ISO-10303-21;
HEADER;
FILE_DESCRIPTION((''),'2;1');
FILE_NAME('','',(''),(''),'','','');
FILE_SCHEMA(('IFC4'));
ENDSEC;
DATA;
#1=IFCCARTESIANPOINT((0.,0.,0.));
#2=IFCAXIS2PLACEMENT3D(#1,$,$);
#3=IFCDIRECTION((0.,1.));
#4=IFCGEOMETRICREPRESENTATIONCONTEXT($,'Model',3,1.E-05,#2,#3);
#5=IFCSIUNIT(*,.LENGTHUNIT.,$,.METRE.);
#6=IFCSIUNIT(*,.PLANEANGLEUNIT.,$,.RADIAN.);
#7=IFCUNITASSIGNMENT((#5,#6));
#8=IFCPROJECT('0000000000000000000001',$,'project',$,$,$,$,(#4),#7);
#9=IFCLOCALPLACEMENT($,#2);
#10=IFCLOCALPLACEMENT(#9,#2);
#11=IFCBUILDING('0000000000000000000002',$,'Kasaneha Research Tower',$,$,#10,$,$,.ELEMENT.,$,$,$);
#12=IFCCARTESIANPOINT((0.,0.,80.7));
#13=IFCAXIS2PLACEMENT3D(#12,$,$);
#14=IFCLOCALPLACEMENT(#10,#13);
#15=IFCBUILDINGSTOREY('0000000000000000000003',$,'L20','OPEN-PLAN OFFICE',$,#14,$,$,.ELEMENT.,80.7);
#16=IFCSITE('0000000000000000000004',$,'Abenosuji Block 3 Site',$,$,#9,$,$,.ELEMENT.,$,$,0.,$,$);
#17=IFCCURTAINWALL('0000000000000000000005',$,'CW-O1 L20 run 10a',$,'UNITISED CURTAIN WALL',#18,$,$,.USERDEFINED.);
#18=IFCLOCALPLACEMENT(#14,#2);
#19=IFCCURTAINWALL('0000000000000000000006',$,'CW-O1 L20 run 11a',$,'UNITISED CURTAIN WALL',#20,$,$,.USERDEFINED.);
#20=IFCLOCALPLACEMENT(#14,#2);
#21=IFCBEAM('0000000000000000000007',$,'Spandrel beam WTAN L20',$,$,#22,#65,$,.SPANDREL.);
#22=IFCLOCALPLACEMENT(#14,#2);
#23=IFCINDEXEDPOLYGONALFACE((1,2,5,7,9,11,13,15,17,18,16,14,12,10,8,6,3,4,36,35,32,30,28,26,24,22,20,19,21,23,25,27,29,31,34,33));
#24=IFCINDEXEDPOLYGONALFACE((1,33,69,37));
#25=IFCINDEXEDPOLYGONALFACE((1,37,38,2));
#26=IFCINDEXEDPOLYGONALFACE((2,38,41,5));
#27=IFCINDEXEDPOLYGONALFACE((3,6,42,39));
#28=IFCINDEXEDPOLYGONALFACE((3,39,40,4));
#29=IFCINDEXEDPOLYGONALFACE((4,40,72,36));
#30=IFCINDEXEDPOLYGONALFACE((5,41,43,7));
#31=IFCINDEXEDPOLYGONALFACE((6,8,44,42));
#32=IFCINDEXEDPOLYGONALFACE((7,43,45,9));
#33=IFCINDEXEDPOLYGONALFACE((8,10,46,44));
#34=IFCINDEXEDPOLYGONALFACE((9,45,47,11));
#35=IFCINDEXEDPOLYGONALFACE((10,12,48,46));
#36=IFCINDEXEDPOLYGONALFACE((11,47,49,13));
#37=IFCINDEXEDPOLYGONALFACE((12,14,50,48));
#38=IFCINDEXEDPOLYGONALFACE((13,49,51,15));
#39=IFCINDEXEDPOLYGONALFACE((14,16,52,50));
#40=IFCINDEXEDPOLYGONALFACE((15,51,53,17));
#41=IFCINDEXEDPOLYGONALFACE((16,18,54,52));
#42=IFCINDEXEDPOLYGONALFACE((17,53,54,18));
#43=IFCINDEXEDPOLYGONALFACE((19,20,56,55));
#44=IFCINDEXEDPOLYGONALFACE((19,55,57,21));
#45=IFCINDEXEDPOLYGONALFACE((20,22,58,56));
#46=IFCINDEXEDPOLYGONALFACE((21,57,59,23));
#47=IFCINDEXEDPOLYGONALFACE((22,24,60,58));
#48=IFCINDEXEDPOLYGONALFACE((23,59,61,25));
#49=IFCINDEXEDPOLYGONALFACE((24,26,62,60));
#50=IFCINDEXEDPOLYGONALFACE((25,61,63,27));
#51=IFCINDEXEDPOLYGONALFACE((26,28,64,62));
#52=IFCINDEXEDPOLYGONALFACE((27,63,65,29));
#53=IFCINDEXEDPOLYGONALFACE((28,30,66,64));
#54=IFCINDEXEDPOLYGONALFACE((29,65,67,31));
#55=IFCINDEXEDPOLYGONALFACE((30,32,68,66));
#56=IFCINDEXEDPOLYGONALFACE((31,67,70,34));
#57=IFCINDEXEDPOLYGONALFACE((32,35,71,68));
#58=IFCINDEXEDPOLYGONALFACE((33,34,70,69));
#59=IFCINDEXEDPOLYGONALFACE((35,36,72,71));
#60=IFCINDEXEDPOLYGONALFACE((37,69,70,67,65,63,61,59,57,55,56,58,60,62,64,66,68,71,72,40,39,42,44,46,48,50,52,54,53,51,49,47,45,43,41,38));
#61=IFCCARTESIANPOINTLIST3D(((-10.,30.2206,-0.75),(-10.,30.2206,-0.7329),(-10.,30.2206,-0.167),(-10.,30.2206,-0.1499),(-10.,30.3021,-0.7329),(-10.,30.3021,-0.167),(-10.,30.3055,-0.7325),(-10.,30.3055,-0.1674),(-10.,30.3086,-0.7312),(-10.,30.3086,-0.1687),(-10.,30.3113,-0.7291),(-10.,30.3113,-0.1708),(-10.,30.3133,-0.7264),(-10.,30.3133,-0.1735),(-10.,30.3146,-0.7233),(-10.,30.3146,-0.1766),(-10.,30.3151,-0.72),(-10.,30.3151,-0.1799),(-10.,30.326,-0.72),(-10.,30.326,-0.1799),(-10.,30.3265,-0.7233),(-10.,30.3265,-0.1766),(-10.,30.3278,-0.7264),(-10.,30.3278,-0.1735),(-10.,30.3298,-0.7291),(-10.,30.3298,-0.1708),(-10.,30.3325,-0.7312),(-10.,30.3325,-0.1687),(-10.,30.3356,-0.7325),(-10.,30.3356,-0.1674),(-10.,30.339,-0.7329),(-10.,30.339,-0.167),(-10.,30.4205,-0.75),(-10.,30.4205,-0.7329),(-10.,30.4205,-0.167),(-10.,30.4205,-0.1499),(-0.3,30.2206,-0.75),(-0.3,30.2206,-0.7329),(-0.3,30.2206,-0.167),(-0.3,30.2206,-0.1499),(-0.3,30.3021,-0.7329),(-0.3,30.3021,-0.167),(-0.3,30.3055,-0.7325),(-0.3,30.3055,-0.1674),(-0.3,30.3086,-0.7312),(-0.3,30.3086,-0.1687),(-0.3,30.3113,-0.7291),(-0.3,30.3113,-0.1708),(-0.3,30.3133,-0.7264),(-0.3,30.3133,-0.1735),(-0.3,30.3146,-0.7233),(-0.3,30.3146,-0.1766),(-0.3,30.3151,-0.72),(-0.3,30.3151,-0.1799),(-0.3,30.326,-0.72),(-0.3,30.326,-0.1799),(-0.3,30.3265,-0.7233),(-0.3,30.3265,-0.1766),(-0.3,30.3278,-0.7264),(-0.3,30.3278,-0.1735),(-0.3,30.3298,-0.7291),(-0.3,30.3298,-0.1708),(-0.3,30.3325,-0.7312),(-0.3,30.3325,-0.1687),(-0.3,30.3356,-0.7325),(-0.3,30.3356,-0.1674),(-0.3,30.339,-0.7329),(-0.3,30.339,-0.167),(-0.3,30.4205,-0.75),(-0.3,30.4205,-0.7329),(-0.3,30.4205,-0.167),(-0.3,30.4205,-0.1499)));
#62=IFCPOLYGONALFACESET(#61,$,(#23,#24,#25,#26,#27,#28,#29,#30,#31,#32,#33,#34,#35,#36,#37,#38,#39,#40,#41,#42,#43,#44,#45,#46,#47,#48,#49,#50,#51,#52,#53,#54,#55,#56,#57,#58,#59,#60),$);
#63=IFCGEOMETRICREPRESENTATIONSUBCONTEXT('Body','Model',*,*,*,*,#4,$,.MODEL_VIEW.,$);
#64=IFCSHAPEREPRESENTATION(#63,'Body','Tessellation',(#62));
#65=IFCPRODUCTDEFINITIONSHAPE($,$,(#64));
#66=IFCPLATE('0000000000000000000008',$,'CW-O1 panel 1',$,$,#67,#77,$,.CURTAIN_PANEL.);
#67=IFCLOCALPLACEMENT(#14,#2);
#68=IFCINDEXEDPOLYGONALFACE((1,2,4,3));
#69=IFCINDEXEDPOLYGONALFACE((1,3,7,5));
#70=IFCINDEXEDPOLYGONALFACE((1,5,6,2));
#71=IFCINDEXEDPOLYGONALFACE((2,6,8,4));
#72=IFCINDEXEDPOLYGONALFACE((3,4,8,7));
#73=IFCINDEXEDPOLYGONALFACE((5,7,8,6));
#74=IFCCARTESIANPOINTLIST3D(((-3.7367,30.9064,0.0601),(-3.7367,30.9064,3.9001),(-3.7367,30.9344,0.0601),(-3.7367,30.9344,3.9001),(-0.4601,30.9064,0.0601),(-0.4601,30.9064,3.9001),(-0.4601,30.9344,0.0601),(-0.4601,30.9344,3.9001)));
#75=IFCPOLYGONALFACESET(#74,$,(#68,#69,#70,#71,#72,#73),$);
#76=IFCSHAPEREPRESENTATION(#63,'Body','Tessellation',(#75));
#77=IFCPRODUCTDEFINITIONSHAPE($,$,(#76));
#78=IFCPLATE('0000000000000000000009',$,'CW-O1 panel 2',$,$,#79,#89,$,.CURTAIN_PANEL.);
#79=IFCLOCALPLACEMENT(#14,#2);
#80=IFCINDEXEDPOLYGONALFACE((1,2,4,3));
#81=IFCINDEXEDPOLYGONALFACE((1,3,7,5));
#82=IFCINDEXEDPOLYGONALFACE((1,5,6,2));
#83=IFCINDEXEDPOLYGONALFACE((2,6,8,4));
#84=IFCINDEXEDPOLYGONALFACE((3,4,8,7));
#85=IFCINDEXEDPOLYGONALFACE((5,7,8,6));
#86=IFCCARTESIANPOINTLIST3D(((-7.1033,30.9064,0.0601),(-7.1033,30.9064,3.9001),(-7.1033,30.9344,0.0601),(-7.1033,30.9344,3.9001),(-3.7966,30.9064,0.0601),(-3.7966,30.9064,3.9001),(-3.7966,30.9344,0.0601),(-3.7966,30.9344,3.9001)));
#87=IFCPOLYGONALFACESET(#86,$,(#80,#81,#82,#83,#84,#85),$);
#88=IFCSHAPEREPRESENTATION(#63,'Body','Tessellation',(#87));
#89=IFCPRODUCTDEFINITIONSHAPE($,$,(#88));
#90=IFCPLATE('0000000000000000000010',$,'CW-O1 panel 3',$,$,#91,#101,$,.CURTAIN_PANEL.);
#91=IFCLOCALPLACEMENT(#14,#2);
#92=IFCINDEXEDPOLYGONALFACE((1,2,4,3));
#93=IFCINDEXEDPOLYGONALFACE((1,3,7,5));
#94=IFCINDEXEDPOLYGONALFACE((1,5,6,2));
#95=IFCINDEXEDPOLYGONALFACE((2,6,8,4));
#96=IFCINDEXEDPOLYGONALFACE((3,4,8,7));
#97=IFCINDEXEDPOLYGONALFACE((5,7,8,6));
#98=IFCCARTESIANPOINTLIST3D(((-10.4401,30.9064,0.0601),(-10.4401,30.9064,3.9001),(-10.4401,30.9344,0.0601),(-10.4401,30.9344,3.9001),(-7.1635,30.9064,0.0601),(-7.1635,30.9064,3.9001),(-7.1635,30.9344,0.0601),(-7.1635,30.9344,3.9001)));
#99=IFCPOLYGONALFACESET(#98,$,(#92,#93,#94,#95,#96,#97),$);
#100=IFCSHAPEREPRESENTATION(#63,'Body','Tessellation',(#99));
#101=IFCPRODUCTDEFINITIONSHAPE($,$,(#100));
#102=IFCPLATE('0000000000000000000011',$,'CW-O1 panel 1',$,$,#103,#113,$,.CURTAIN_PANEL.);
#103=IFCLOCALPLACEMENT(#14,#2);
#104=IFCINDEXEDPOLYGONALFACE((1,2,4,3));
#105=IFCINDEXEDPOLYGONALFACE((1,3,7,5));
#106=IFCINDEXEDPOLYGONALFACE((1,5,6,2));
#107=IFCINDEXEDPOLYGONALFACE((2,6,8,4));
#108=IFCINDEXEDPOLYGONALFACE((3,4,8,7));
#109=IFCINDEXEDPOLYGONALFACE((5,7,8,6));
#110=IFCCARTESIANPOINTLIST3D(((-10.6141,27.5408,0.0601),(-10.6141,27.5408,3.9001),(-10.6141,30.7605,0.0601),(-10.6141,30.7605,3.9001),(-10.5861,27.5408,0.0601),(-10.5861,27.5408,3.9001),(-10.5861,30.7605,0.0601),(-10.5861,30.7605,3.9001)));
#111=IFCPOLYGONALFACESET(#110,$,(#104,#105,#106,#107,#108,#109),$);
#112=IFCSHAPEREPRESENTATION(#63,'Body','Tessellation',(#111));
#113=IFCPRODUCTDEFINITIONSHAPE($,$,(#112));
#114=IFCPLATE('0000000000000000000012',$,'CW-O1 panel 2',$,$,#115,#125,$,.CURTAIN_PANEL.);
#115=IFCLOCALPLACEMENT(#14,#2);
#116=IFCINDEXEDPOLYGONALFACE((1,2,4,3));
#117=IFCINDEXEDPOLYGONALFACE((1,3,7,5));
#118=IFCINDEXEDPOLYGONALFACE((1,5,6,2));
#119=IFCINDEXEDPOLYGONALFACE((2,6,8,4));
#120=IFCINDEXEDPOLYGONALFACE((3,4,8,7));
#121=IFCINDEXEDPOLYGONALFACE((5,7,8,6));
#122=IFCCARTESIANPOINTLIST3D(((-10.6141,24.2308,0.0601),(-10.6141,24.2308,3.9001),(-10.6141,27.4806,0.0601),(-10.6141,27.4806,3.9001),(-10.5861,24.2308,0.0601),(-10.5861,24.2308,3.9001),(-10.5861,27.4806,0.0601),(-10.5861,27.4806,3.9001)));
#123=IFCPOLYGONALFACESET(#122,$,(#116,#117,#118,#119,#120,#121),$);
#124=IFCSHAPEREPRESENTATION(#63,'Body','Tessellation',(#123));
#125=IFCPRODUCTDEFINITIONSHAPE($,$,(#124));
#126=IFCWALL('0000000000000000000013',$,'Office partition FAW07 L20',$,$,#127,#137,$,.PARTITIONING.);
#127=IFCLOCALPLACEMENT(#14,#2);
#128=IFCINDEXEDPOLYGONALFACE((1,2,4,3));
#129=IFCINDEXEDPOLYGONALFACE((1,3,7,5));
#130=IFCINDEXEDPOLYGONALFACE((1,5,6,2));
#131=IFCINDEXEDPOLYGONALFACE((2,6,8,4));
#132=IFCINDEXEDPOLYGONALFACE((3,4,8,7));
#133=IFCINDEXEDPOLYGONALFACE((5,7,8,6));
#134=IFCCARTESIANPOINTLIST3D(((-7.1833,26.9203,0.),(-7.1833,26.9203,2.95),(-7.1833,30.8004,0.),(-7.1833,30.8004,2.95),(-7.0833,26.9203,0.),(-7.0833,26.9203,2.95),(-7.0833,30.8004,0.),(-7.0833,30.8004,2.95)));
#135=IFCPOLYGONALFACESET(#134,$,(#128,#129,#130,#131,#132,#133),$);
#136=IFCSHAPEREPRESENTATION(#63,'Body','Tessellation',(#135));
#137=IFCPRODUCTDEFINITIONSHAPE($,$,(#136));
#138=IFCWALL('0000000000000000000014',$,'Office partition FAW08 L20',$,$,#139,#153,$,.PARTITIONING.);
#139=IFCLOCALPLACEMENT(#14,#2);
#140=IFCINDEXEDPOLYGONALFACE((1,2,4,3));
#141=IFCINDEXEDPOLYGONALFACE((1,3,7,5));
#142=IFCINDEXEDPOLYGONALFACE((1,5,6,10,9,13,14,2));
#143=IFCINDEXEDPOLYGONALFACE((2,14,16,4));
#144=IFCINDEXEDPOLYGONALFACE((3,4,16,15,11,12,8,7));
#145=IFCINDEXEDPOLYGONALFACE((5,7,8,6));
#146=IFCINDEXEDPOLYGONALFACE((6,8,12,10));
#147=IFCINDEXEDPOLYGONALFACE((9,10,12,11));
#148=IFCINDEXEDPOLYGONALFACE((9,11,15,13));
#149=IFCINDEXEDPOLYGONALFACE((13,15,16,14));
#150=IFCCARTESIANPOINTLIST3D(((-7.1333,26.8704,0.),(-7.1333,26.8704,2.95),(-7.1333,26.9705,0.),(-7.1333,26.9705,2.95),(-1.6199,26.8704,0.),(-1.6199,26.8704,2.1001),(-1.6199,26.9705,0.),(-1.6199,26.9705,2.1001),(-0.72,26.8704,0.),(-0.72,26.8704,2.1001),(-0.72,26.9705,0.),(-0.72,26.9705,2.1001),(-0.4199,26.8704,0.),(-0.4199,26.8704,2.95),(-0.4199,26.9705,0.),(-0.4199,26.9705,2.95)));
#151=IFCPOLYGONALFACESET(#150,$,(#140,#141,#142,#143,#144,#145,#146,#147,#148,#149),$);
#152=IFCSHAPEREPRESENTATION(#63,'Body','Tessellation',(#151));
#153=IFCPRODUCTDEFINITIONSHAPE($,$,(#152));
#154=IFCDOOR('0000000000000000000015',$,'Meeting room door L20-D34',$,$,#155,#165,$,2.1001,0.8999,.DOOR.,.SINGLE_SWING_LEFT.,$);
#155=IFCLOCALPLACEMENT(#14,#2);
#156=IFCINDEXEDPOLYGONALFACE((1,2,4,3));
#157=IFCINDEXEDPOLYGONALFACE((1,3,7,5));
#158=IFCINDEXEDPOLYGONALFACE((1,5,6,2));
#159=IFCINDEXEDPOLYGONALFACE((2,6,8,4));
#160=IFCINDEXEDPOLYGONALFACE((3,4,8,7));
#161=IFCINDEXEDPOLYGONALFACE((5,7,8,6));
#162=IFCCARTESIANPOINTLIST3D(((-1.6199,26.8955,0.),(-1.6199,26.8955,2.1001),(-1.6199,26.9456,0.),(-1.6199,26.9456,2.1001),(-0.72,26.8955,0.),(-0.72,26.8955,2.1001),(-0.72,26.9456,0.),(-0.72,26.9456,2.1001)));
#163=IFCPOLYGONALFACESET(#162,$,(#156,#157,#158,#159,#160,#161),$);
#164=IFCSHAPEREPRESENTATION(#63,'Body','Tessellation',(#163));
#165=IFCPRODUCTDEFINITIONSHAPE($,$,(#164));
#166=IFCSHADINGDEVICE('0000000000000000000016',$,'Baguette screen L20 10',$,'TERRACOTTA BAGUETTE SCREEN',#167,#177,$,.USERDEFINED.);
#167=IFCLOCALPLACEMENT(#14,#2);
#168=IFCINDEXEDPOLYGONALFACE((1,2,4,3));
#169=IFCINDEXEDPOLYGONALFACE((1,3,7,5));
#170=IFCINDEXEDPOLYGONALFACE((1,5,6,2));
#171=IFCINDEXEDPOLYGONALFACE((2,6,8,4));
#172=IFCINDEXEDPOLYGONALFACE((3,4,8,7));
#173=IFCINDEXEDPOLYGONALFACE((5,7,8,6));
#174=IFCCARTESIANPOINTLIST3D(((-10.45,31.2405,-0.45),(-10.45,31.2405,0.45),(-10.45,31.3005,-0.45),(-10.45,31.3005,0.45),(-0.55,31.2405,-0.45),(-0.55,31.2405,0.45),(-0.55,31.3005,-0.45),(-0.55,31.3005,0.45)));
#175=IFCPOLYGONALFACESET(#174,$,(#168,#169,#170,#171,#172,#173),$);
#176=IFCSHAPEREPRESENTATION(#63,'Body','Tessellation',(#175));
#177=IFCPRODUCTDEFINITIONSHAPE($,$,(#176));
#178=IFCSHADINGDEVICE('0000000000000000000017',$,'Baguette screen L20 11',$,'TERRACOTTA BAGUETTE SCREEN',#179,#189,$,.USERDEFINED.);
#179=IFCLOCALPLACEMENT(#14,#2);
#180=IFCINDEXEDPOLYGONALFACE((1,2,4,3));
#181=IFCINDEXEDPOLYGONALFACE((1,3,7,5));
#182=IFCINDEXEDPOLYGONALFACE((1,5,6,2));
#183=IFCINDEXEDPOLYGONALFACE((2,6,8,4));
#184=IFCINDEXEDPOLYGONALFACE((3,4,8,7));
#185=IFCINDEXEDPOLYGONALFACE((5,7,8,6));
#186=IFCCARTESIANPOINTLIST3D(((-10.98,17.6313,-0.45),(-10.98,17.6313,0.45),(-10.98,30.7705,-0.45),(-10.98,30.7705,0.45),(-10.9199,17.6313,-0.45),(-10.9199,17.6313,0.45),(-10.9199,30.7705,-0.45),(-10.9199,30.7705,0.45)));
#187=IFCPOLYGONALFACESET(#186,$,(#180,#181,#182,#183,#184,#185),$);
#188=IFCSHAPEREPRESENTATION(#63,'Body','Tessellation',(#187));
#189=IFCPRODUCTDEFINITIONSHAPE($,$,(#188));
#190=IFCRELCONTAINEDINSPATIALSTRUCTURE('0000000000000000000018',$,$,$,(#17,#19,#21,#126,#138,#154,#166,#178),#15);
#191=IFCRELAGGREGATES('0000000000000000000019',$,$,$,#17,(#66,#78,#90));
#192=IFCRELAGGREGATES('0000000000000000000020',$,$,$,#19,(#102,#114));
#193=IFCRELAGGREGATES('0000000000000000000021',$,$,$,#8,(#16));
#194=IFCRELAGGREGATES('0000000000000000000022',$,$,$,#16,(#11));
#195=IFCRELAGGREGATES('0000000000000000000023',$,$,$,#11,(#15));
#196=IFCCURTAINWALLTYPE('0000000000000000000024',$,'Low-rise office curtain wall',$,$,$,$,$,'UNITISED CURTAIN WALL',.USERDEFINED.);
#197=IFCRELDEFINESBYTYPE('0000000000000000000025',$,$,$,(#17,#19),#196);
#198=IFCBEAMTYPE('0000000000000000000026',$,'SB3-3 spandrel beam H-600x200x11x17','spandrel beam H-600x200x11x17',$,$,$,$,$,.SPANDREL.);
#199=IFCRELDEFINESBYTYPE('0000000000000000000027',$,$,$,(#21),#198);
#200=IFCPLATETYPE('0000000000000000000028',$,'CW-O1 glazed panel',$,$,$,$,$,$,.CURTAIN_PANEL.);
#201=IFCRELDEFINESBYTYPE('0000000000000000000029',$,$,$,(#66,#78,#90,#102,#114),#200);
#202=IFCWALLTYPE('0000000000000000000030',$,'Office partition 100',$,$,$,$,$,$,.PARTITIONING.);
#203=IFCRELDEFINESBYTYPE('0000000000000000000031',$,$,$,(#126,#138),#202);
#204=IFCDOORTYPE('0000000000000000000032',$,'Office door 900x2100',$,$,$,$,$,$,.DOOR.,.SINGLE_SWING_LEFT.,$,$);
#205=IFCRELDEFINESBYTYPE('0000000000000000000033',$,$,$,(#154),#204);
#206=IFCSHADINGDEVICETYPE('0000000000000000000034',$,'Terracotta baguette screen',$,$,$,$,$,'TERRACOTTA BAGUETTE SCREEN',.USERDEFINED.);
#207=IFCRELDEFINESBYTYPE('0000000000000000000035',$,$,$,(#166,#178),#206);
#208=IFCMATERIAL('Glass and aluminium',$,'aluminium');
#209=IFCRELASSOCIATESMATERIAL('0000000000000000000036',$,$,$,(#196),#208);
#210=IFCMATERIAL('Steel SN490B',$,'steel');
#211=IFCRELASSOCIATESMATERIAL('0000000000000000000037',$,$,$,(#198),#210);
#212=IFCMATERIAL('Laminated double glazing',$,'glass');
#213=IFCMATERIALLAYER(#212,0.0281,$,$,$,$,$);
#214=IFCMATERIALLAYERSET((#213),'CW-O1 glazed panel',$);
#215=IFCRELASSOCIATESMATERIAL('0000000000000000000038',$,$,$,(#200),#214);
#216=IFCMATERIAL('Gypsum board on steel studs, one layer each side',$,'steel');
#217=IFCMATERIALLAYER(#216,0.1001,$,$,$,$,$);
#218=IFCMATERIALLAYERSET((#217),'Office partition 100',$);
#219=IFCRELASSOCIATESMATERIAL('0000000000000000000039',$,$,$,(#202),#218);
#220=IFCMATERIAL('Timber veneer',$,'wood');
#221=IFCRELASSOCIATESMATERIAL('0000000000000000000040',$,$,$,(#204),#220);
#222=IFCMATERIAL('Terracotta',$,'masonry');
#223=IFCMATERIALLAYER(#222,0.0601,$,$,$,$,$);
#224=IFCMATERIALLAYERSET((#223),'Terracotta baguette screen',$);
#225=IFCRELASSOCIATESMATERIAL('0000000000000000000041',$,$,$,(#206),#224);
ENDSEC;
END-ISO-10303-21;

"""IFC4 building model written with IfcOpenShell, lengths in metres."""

from ifc_helpers import new_model, si_unit, direction, frame, frame_2d, origin, origin_2d, place, context, subcontext, project, spatial, rectangle, i_section, extrude, material, layer, layer_set, material_profile, profile_set, type_object, element, fill, aggregate, save


model = new_model("IFC4")

# Units and contexts
model_context = context("Model", 3, precision=1e-05, world=origin(), true_north=direction((0.0, 1.0)))
body_context = subcontext(model_context, "Body", "Model", "MODEL_VIEW")
ifc_project = project(units=[si_unit("LENGTHUNIT", "METRE"), si_unit("PLANEANGLEUNIT", "RADIAN")], contexts=[model_context])

# Site, building, storey
site_placement = place(None, origin())
site = spatial("IfcSite", under=ifc_project, at=site_placement, Name="Abenosuji Block 3 Site", CompositionType="ELEMENT", RefElevation=0.0)
building_placement = place(site_placement, origin())
building = spatial("IfcBuilding", under=site, at=building_placement, Name="Kasaneha Research Tower", CompositionType="ELEMENT")
storey_placement = place(building_placement, frame((0.0, 0.0, 80.7)))
storey = spatial("IfcBuildingStorey", under=building, at=storey_placement, Name="L20", Description="OPEN-PLAN OFFICE", CompositionType="ELEMENT", Elevation=80.7)

# Curtain walls
ifc_material_1 = material(Name="Glass and aluminium", Category="aluminium")
curtain_wall_type = type_object("IfcCurtainWallType", Name="Low-rise office curtain wall", ElementType="UNITISED CURTAIN WALL", PredefinedType="USERDEFINED", material=ifc_material_1)
curtain_wall_1_placement = place(storey_placement, origin())
curtain_wall_1 = element("IfcCurtainWall", 1, at=curtain_wall_1_placement, inside=storey, type_object=curtain_wall_type, Name="CW-O1 L20 run 10a", ObjectType="UNITISED CURTAIN WALL", PredefinedType="USERDEFINED")
curtain_wall_2_placement = place(storey_placement, origin())
curtain_wall_2 = element("IfcCurtainWall", 2, at=curtain_wall_2_placement, inside=storey, type_object=curtain_wall_type, Name="CW-O1 L20 run 11a", ObjectType="UNITISED CURTAIN WALL", PredefinedType="USERDEFINED")

# Beam
ifc_material_2 = material(Name="Steel SN490B", Category="steel")
ifc_material_profile_1 = material_profile(ifc_material_2, i_section(OverallWidth=0.2, OverallDepth=0.6001, WebThickness=0.011, FlangeThickness=0.0171, FilletRadius=0.0129, at=origin_2d()), Name="H-600x200x11x17")
ifc_profile_set_1 = profile_set([ifc_material_profile_1], Name="Steel SN490B")
beam_type_1 = type_object("IfcBeamType", Name="SB3-3 spandrel beam H-600x200x11x17", Description="spandrel beam H-600x200x11x17", PredefinedType="SPANDREL", material=ifc_profile_set_1)
beam_1_placement = place(storey_placement, frame((-10.0, 30.3206, -0.45), z_axis=(1.0, 0.0, 0.0), x_axis=(0.0, 1.0, 0.0)))
element("IfcBeam", 3, at=beam_1_placement, inside=storey, type_object=beam_type_1, Name="Spandrel beam WTAN L20", PredefinedType="SPANDREL", context=body_context, shape_type="SweptSolid", body=[
    extrude(i_section(OverallWidth=0.2, OverallDepth=0.6001, WebThickness=0.011, FlangeThickness=0.0171, FilletRadius=0.0129, at=origin_2d()), origin(), (0.0, 0.0, 1.0), 9.7),
])

# Plates
ifc_material_3 = material(Name="Laminated double glazing", Category="glass")
ifc_layer_1 = layer(ifc_material_3, 0.0281)
ifc_layer_set_1 = layer_set([ifc_layer_1], Name="CW-O1 glazed panel")
plate_type = type_object("IfcPlateType", Name="CW-O1 glazed panel", PredefinedType="CURTAIN_PANEL", material=ifc_layer_set_1)
plate_1_placement = place(storey_placement, frame((-2.0984, 30.9204, 0.0601), z_axis=(0.0, 0.0, 1.0), x_axis=(-1.0, 0.0, 0.0)))
plate_1 = element("IfcPlate", 4, at=plate_1_placement, type_object=plate_type, Name="CW-O1 panel 1", PredefinedType="CURTAIN_PANEL", context=body_context, shape_type="SweptSolid", body=[
    extrude(rectangle(XDim=3.2766, YDim=0.0281, at=origin_2d()), origin(), (0.0, 0.0, 1.0), 3.8401),
])
plate_2_placement = place(storey_placement, frame((-5.45, 30.9204, 0.0601), z_axis=(0.0, 0.0, 1.0), x_axis=(-1.0, 0.0, 0.0)))
plate_2 = element("IfcPlate", 5, at=plate_2_placement, type_object=plate_type, Name="CW-O1 panel 2", PredefinedType="CURTAIN_PANEL", context=body_context, shape_type="SweptSolid", body=[
    extrude(rectangle(XDim=3.3066, YDim=0.0281, at=origin_2d()), origin(), (0.0, 0.0, 1.0), 3.8401),
])
plate_3_placement = place(storey_placement, frame((-8.8018, 30.9204, 0.0601), z_axis=(0.0, 0.0, 1.0), x_axis=(-1.0, 0.0, 0.0)))
plate_3 = element("IfcPlate", 6, at=plate_3_placement, type_object=plate_type, Name="CW-O1 panel 3", PredefinedType="CURTAIN_PANEL", context=body_context, shape_type="SweptSolid", body=[
    extrude(rectangle(XDim=3.2766, YDim=0.0281, at=origin_2d()), origin(), (0.0, 0.0, 1.0), 3.8401),
])
aggregate(curtain_wall_1, [plate_1, plate_2, plate_3])
plate_4_placement = place(storey_placement, frame((-10.6001, 29.1506, 0.0601), z_axis=(0.0, 0.0, 1.0), x_axis=(0.0, -1.0, 0.0)))
plate_4 = element("IfcPlate", 7, at=plate_4_placement, type_object=plate_type, Name="CW-O1 panel 1", PredefinedType="CURTAIN_PANEL", context=body_context, shape_type="SweptSolid", body=[
    extrude(rectangle(XDim=3.2197, YDim=0.0281, at=origin_2d()), origin(), (0.0, 0.0, 1.0), 3.8401),
])
plate_5_placement = place(storey_placement, frame((-10.6001, 25.8557, 0.0601), z_axis=(0.0, 0.0, 1.0), x_axis=(0.0, -1.0, 0.0)))
plate_5 = element("IfcPlate", 8, at=plate_5_placement, type_object=plate_type, Name="CW-O1 panel 2", PredefinedType="CURTAIN_PANEL", context=body_context, shape_type="SweptSolid", body=[
    extrude(rectangle(XDim=3.2498, YDim=0.0281, at=origin_2d()), origin(), (0.0, 0.0, 1.0), 3.8401),
])
aggregate(curtain_wall_2, [plate_4, plate_5])

# Wall
ifc_material_4 = material(Name="Gypsum board on steel studs, one layer each side", Category="steel")
ifc_layer_2 = layer(ifc_material_4, 0.1001)
ifc_layer_set_2 = layer_set([ifc_layer_2], Name="Office partition 100")
wall_type = type_object("IfcWallType", Name="Office partition 100", PredefinedType="PARTITIONING", material=ifc_layer_set_2)
wall_1_placement = place(storey_placement, frame((-7.1333, 26.9204, 0.0), z_axis=(0.0, 0.0, 1.0), x_axis=(0.0, 1.0, 0.0)))
element("IfcWall", 9, at=wall_1_placement, inside=storey, type_object=wall_type, Name="Office partition FAW07 L20", PredefinedType="PARTITIONING", context=body_context, shape_type="SweptSolid", body=[
    extrude(rectangle(XDim=3.8801, YDim=0.1001, at=frame_2d((1.9399, 0.0))), origin(), (0.0, 0.0, 1.0), 2.95),
])

# Wall, opening, door
wall_2_placement = place(storey_placement, frame((-0.4199, 26.9204, 0.0), z_axis=(0.0, 0.0, 1.0), x_axis=(-1.0, 0.0, 0.0)))
wall_2 = element("IfcWall", 10, at=wall_2_placement, inside=storey, type_object=wall_type, Name="Office partition FAW08 L20", PredefinedType="PARTITIONING", context=body_context, shape_type="SweptSolid", body=[
    extrude(rectangle(XDim=6.7134, YDim=0.1001, at=frame_2d((3.3567, 0.0))), origin(), (0.0, 0.0, 1.0), 2.95),
])
opening_placement = place(wall_2_placement, frame((0.3, 0.0, 0.0)))
opening = element("IfcOpeningElement", 11, at=opening_placement, cuts=wall_2, PredefinedType="OPENING", context=body_context, shape_type="SweptSolid", body=[
    extrude(rectangle(XDim=0.8999, YDim=2.1001, at=frame_2d((0.45, 1.05))), frame((0.0, 0.0601, 0.0), z_axis=(0.0, -1.0, 0.0), x_axis=(1.0, 0.0, 0.0)), (0.0, 0.0, 1.0), 0.1201),
])
ifc_material_5 = material(Name="Timber veneer", Category="wood")
door_type = type_object("IfcDoorType", Name="Office door 900x2100", OperationType="SINGLE_SWING_LEFT", PredefinedType="DOOR", material=ifc_material_5)
door_placement = place(opening_placement, origin())
door = element("IfcDoor", 12, at=door_placement, inside=storey, type_object=door_type, Name="Meeting room door L20-D34", OperationType="SINGLE_SWING_LEFT", OverallHeight=2.1001, OverallWidth=0.8999, PredefinedType="DOOR", context=body_context, shape_type="SweptSolid", body=[
    extrude(rectangle(XDim=0.8999, YDim=2.1001, at=frame_2d((0.45, 1.05))), frame((0.0, 0.0249, 0.0), z_axis=(0.0, -1.0, 0.0), x_axis=(1.0, 0.0, 0.0)), (0.0, 0.0, 1.0), 0.05),
])
fill(opening, door)

# Shading devices
ifc_material_6 = material(Name="Terracotta", Category="masonry")
ifc_layer_3 = layer(ifc_material_6, 0.0601)
ifc_layer_set_3 = layer_set([ifc_layer_3], Name="Terracotta baguette screen")
shading_device_type = type_object("IfcShadingDeviceType", Name="Terracotta baguette screen", ElementType="TERRACOTTA BAGUETTE SCREEN", PredefinedType="USERDEFINED", material=ifc_layer_set_3)
shading_device_1_placement = place(storey_placement, frame((-5.5, 31.2705, -0.45), z_axis=(0.0, 0.0, 1.0), x_axis=(-1.0, 0.0, 0.0)))
element("IfcShadingDevice", 13, at=shading_device_1_placement, inside=storey, type_object=shading_device_type, Name="Baguette screen L20 10", ObjectType="TERRACOTTA BAGUETTE SCREEN", PredefinedType="USERDEFINED", context=body_context, shape_type="SweptSolid", body=[
    extrude(rectangle(XDim=9.8999, YDim=0.0601, at=origin_2d()), origin(), (0.0, 0.0, 1.0), 0.8999),
])
shading_device_2_placement = place(storey_placement, frame((-10.95, 24.2009, -0.45), z_axis=(0.0, 0.0, 1.0), x_axis=(0.0, -1.0, 0.0)))
element("IfcShadingDevice", 14, at=shading_device_2_placement, inside=storey, type_object=shading_device_type, Name="Baguette screen L20 11", ObjectType="TERRACOTTA BAGUETTE SCREEN", PredefinedType="USERDEFINED", context=body_context, shape_type="SweptSolid", body=[
    extrude(rectangle(XDim=13.1392, YDim=0.0601, at=origin_2d()), origin(), (0.0, 0.0, 1.0), 0.8999),
])

save(model, "model.ifc")
